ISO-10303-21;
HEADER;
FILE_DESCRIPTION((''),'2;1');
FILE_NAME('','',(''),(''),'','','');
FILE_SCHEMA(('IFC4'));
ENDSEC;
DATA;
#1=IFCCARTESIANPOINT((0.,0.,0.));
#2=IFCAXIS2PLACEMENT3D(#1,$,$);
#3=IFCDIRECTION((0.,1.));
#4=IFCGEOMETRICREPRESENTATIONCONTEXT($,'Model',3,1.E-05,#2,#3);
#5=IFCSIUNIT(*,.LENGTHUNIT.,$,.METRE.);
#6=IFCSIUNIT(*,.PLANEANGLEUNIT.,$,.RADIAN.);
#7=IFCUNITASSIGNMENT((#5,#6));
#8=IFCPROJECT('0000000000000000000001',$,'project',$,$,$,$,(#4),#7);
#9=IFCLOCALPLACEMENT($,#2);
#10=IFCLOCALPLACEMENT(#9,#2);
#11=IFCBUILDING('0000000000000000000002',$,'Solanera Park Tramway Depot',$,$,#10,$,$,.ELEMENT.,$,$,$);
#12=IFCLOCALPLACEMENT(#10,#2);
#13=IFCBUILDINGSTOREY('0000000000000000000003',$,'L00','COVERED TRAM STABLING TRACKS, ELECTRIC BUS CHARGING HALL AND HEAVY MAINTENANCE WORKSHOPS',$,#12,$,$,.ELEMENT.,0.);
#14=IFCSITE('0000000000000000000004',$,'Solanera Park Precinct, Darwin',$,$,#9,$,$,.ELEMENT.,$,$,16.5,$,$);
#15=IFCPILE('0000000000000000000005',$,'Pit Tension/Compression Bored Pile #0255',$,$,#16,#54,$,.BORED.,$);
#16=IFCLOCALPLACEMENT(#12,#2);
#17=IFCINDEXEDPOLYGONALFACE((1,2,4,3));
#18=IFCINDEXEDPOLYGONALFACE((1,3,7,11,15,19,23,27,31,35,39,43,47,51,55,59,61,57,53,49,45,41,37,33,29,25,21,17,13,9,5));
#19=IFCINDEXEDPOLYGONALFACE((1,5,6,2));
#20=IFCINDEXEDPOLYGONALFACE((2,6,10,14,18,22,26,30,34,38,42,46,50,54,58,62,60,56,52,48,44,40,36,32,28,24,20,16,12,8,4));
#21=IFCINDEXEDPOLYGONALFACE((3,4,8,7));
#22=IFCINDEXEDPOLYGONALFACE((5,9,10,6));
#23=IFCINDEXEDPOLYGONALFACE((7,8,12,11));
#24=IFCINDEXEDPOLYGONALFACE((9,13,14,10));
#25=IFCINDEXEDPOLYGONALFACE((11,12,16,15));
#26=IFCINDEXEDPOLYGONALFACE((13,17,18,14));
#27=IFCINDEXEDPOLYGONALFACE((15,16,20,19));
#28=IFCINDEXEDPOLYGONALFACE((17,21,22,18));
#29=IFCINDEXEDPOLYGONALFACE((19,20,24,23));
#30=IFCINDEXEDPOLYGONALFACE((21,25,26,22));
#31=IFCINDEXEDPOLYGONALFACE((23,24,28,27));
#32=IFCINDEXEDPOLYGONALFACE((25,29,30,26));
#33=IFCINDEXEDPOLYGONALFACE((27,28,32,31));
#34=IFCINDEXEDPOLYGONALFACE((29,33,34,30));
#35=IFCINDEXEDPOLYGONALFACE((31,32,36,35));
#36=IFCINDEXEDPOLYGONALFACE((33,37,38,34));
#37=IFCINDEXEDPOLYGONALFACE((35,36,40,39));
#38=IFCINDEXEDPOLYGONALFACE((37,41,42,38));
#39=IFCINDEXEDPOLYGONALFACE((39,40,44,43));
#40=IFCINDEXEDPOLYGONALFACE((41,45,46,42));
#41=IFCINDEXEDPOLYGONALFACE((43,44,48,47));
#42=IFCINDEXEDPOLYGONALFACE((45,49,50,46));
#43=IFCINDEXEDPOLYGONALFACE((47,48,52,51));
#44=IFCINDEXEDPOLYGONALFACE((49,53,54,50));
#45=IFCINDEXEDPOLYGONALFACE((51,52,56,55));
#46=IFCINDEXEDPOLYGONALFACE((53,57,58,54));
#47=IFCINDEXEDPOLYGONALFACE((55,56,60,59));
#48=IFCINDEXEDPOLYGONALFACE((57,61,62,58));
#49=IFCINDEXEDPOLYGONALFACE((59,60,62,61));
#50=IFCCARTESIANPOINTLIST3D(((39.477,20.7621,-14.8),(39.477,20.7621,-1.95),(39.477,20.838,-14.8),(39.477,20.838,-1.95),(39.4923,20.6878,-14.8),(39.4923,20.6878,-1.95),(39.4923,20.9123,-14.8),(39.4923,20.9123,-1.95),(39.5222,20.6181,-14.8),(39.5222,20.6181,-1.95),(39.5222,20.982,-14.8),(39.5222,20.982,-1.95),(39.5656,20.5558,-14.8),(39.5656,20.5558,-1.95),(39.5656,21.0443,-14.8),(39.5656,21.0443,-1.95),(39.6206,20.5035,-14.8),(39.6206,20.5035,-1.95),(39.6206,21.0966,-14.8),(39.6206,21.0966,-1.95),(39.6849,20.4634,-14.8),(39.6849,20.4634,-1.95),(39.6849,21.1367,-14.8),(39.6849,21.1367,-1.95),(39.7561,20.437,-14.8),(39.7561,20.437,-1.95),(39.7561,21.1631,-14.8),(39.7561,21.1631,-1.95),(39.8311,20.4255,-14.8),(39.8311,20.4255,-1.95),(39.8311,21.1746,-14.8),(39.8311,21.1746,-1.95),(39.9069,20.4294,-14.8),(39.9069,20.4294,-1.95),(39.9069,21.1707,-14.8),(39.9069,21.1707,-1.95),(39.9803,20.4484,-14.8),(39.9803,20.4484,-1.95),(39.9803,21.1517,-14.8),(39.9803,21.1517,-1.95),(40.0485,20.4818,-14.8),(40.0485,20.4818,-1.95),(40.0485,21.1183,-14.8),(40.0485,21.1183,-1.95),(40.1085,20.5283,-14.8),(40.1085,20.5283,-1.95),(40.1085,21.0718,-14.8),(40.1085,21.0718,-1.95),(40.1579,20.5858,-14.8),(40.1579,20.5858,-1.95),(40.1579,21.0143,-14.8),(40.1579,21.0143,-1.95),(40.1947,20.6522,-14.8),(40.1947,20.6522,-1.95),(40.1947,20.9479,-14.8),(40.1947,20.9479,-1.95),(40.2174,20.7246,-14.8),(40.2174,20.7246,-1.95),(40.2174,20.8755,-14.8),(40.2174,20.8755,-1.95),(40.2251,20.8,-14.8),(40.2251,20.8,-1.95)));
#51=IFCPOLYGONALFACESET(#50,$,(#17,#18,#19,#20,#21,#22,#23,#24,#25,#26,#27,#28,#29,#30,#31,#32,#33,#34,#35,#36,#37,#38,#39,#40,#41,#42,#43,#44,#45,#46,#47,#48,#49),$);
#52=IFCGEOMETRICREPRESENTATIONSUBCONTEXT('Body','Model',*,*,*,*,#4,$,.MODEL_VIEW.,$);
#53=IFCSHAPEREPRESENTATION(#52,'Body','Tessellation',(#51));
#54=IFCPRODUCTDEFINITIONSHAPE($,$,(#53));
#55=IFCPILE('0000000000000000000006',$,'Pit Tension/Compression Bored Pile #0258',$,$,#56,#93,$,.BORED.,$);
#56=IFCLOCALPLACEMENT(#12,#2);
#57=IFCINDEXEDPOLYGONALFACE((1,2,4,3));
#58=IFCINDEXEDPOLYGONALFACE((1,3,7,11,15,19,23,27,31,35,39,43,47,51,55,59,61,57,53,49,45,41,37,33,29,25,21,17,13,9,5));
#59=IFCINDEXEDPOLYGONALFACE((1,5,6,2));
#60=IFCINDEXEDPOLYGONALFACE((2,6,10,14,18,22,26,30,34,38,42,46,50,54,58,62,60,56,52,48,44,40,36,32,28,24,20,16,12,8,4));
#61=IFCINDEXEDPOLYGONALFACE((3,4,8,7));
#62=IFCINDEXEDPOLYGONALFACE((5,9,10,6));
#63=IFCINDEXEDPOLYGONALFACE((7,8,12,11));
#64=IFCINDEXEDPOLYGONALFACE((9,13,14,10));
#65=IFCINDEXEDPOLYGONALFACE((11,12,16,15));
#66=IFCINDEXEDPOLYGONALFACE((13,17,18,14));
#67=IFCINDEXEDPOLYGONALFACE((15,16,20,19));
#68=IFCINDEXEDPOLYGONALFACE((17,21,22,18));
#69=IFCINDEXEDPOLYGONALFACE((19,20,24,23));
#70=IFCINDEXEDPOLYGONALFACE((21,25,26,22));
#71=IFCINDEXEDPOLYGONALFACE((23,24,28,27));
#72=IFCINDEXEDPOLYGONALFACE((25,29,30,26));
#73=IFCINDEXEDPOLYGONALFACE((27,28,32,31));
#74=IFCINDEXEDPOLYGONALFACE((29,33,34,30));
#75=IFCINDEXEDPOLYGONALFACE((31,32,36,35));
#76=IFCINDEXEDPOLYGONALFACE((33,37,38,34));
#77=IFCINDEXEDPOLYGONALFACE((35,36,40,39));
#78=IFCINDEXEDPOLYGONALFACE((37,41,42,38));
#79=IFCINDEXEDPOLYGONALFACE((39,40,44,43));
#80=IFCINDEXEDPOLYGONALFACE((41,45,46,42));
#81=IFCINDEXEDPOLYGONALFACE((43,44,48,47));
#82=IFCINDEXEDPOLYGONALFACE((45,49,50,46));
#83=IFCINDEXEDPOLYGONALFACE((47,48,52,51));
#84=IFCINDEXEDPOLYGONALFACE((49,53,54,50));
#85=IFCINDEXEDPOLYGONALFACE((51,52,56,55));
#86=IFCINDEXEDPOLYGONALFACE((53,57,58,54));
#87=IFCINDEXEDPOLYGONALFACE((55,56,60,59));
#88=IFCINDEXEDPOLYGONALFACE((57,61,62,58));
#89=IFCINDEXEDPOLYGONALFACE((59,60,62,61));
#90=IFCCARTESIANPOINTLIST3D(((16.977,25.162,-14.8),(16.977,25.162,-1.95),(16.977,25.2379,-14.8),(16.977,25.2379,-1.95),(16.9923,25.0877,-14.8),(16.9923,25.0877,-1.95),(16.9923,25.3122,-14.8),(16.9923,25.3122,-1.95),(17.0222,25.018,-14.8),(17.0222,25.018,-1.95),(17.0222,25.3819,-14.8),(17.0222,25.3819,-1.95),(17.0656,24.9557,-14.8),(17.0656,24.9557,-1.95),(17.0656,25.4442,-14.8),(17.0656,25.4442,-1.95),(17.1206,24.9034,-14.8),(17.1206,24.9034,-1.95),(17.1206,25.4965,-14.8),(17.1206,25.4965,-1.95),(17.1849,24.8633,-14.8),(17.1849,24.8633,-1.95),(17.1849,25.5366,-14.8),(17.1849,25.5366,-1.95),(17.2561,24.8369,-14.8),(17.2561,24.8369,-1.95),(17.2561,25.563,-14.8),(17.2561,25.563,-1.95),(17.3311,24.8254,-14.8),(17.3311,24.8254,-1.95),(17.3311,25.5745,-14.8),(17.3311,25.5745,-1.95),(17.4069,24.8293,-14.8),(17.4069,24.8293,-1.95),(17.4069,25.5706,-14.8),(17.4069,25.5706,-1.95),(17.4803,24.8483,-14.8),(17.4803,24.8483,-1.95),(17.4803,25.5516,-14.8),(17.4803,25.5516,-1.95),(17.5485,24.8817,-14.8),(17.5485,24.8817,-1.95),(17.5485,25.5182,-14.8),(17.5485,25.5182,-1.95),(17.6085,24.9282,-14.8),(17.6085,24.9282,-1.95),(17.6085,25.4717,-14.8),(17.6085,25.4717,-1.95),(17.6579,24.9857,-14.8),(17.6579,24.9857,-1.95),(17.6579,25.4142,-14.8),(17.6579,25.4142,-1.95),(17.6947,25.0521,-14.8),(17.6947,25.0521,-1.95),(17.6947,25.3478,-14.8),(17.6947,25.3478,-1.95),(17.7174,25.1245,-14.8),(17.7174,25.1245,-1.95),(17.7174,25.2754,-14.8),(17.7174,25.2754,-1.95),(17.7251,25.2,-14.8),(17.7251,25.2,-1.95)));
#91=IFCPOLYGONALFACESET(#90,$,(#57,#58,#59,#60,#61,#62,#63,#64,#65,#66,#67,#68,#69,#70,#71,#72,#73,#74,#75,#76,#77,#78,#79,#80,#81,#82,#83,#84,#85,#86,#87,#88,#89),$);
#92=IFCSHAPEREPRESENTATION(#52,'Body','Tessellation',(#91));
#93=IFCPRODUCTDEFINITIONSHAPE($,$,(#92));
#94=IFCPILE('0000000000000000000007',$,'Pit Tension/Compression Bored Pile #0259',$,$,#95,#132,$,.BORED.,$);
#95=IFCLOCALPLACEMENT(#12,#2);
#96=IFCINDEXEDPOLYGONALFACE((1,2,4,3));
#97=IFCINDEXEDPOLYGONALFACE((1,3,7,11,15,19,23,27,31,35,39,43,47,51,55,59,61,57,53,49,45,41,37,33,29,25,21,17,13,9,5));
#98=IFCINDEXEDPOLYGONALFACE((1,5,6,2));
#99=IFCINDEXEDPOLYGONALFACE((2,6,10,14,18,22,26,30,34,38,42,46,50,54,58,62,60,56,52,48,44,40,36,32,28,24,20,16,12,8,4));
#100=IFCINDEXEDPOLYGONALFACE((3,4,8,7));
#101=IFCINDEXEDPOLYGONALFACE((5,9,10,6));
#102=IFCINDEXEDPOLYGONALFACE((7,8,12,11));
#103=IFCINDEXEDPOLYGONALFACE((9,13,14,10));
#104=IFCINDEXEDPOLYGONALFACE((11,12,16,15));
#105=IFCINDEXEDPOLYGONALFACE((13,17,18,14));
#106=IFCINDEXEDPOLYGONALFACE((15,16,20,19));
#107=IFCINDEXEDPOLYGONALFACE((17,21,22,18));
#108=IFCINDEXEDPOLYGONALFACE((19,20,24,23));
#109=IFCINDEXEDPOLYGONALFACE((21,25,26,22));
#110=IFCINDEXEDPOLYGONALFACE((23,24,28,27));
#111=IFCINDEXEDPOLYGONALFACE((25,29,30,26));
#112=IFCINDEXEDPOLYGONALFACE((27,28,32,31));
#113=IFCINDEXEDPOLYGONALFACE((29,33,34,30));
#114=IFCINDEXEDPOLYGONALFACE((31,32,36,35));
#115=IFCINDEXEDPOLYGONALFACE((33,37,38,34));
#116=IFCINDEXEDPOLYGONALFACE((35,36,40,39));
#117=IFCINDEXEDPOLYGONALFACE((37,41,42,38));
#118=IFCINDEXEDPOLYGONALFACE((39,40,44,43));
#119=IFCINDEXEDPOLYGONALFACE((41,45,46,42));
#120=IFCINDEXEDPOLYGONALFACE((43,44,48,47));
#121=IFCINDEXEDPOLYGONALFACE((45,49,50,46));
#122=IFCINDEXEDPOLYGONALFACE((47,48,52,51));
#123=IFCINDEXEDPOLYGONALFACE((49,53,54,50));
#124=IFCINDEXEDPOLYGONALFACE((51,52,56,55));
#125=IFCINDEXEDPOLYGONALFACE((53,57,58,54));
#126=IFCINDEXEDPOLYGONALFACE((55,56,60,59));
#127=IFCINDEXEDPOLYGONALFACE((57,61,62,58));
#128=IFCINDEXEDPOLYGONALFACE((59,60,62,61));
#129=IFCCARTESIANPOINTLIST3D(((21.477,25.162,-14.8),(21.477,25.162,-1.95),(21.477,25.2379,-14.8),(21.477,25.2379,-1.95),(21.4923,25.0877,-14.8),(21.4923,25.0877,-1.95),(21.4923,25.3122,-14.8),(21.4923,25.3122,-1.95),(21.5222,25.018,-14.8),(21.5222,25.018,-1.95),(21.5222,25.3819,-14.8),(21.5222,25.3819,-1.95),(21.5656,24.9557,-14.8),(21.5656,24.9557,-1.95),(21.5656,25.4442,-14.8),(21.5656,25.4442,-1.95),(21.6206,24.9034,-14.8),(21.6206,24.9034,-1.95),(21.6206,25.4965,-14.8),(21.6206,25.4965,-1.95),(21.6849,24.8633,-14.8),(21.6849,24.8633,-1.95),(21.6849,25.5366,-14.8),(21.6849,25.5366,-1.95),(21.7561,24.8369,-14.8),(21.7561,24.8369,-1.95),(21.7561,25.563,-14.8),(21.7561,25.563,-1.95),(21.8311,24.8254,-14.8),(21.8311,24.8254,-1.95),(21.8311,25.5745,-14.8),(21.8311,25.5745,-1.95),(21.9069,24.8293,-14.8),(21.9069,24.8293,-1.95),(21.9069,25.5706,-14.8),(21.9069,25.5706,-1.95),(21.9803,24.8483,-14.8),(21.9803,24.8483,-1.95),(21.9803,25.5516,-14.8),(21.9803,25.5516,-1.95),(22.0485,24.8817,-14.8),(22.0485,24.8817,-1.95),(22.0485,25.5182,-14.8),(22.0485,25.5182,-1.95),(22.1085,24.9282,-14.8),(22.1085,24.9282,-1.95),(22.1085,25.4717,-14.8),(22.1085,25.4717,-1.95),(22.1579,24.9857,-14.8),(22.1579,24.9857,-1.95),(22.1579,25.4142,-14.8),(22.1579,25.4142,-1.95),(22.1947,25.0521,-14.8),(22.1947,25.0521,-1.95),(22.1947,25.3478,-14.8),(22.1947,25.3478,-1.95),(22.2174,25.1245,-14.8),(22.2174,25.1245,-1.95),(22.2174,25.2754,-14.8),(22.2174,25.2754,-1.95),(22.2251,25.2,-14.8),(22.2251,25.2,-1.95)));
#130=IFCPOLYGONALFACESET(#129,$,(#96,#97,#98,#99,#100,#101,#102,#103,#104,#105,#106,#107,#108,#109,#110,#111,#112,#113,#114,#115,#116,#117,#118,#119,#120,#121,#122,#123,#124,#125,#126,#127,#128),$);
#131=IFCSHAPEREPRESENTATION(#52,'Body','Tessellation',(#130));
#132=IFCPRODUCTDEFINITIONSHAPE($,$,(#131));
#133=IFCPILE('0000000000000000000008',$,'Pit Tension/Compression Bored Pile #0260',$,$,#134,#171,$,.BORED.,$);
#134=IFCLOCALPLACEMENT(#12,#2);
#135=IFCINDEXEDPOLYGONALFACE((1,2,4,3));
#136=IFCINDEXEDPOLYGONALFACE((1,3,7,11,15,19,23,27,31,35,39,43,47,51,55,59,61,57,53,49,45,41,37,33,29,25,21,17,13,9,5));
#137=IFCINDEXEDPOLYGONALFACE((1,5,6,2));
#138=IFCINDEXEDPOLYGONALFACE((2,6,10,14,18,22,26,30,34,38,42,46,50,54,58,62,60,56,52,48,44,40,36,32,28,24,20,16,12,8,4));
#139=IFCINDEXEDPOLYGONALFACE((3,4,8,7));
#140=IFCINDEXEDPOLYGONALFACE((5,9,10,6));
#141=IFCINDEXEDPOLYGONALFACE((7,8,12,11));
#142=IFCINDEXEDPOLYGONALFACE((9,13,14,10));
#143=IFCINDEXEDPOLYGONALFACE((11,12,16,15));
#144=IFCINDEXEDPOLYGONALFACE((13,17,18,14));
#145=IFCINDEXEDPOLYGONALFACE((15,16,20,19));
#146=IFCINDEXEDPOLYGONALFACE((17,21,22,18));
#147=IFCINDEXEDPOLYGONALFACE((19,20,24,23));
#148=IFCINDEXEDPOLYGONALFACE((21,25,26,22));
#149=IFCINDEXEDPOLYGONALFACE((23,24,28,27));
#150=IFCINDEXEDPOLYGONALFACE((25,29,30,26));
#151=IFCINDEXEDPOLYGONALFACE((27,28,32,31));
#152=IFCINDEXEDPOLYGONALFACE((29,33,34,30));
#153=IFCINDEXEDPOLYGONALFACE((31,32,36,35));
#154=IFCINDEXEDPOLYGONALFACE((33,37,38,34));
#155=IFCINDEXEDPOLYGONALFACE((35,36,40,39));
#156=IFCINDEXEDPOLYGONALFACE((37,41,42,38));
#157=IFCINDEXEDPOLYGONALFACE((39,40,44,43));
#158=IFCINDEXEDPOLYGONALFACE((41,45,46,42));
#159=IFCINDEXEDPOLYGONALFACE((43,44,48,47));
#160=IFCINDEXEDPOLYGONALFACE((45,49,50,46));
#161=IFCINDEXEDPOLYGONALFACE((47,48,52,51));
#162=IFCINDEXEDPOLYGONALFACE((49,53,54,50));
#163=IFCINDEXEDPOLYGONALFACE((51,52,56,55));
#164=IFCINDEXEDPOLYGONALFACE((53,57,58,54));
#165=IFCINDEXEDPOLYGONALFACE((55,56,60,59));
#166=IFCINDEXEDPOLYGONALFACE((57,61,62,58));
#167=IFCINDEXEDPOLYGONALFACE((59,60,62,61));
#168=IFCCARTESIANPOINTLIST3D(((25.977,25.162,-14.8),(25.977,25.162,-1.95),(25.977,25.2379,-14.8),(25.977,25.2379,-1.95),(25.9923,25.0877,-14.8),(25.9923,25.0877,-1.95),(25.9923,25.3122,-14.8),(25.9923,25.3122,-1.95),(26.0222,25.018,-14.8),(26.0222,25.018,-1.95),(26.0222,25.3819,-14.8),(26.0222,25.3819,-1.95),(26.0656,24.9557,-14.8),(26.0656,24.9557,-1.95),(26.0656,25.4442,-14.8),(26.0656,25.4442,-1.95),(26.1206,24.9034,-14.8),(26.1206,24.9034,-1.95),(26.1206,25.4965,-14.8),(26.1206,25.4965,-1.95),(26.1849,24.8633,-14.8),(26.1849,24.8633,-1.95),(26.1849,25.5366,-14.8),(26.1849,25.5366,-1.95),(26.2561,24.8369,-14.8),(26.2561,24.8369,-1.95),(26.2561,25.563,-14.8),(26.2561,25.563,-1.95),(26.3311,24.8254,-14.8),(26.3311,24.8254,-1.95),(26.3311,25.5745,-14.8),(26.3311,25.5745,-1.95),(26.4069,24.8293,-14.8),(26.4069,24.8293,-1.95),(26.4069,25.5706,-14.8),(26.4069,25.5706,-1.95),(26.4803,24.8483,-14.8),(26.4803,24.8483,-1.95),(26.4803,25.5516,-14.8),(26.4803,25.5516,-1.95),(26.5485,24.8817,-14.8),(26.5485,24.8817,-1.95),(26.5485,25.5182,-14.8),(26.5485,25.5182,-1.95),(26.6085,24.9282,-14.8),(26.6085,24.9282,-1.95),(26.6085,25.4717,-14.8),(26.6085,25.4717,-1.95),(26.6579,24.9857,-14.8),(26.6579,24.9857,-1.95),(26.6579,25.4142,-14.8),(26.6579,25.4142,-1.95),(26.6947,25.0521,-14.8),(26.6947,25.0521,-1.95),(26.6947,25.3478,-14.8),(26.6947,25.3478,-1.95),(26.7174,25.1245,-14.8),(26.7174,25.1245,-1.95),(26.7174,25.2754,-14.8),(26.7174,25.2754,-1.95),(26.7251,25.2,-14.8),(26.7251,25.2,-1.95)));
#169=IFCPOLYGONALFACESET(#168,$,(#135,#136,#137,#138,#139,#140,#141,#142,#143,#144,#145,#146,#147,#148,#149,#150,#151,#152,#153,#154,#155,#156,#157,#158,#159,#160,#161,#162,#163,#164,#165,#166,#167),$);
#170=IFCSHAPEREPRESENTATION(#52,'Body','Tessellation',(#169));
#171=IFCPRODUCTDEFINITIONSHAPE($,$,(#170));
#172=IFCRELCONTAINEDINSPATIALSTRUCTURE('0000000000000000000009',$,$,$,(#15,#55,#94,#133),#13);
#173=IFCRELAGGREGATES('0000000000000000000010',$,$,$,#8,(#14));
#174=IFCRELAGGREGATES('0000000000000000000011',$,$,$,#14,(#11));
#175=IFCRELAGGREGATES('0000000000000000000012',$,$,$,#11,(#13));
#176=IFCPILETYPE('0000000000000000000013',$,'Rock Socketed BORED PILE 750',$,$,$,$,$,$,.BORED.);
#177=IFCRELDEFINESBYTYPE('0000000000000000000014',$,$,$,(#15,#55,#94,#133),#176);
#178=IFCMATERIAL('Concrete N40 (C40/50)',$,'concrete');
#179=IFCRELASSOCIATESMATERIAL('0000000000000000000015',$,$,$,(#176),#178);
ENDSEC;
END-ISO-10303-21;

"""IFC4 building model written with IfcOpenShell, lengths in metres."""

from ifc_helpers import new_model, si_unit, direction, frame, origin, origin_2d, place, context, subcontext, project, spatial, circle, extrude, material, material_profile, profile_set, type_object, element, save


model = new_model("IFC4")

# Units and contexts
model_context = context("Model", 3, precision=1e-05, world=origin(), true_north=direction((0.0, 1.0)))
body_context = subcontext(model_context, "Body", "Model", "MODEL_VIEW")
ifc_project = project(units=[si_unit("LENGTHUNIT", "METRE"), si_unit("PLANEANGLEUNIT", "RADIAN")], contexts=[model_context])

# Site, building, storey
site_placement = place(None, origin())
site = spatial("IfcSite", under=ifc_project, at=site_placement, Name="Solanera Park Precinct, Darwin", CompositionType="ELEMENT", RefElevation=16.5)
building_placement = place(site_placement, origin())
building = spatial("IfcBuilding", under=site, at=building_placement, Name="Solanera Park Tramway Depot", CompositionType="ELEMENT")
storey_placement = place(building_placement, origin())
storey = spatial("IfcBuildingStorey", under=building, at=storey_placement, Name="L00", Description="COVERED TRAM STABLING TRACKS, ELECTRIC BUS CHARGING HALL AND HEAVY MAINTENANCE WORKSHOPS", CompositionType="ELEMENT", Elevation=0.0)

# Piles
ifc_material_1 = material(Name="Concrete N40 (C40/50)", Category="concrete")
ifc_material_profile_1 = material_profile(ifc_material_1, circle(Radius=0.375, at=origin_2d()), Name="BORED PILE 750")
ifc_profile_set_1 = profile_set([ifc_material_profile_1], Name="Concrete N40 (C40/50)")
pile_type_1 = type_object("IfcPileType", Name="Rock Socketed BORED PILE 750", PredefinedType="BORED", material=ifc_profile_set_1)
for number, where, z_axis, x_axis, name in (
    (1, (39.8501, 20.8, -1.95), (0.0, 0.0, -1.0), (1.0, 0.0, 0.0), "Pit Tension/Compression Bored Pile #0255"),
    (2, (17.3501, 25.2, -1.95), (0.0, 0.0, -1.0), (1.0, 0.0, 0.0), "Pit Tension/Compression Bored Pile #0258"),
    (3, (21.8501, 25.2, -1.95), (0.0, 0.0, -1.0), (1.0, 0.0, 0.0), "Pit Tension/Compression Bored Pile #0259"),
    (4, (26.3501, 25.2, -1.95), (0.0, 0.0, -1.0), (1.0, 0.0, 0.0), "Pit Tension/Compression Bored Pile #0260"),
):
    element("IfcPile", number, at=place(storey_placement, frame(where, z_axis=z_axis, x_axis=x_axis)), inside=storey, type_object=pile_type_1, Name=name, PredefinedType="BORED", context=body_context, shape_type="SweptSolid", body=[
        extrude(circle(Radius=0.375, at=origin_2d()), origin(), (0.0, 0.0, 1.0), 12.8501),
    ])

save(model, "model.ifc")
